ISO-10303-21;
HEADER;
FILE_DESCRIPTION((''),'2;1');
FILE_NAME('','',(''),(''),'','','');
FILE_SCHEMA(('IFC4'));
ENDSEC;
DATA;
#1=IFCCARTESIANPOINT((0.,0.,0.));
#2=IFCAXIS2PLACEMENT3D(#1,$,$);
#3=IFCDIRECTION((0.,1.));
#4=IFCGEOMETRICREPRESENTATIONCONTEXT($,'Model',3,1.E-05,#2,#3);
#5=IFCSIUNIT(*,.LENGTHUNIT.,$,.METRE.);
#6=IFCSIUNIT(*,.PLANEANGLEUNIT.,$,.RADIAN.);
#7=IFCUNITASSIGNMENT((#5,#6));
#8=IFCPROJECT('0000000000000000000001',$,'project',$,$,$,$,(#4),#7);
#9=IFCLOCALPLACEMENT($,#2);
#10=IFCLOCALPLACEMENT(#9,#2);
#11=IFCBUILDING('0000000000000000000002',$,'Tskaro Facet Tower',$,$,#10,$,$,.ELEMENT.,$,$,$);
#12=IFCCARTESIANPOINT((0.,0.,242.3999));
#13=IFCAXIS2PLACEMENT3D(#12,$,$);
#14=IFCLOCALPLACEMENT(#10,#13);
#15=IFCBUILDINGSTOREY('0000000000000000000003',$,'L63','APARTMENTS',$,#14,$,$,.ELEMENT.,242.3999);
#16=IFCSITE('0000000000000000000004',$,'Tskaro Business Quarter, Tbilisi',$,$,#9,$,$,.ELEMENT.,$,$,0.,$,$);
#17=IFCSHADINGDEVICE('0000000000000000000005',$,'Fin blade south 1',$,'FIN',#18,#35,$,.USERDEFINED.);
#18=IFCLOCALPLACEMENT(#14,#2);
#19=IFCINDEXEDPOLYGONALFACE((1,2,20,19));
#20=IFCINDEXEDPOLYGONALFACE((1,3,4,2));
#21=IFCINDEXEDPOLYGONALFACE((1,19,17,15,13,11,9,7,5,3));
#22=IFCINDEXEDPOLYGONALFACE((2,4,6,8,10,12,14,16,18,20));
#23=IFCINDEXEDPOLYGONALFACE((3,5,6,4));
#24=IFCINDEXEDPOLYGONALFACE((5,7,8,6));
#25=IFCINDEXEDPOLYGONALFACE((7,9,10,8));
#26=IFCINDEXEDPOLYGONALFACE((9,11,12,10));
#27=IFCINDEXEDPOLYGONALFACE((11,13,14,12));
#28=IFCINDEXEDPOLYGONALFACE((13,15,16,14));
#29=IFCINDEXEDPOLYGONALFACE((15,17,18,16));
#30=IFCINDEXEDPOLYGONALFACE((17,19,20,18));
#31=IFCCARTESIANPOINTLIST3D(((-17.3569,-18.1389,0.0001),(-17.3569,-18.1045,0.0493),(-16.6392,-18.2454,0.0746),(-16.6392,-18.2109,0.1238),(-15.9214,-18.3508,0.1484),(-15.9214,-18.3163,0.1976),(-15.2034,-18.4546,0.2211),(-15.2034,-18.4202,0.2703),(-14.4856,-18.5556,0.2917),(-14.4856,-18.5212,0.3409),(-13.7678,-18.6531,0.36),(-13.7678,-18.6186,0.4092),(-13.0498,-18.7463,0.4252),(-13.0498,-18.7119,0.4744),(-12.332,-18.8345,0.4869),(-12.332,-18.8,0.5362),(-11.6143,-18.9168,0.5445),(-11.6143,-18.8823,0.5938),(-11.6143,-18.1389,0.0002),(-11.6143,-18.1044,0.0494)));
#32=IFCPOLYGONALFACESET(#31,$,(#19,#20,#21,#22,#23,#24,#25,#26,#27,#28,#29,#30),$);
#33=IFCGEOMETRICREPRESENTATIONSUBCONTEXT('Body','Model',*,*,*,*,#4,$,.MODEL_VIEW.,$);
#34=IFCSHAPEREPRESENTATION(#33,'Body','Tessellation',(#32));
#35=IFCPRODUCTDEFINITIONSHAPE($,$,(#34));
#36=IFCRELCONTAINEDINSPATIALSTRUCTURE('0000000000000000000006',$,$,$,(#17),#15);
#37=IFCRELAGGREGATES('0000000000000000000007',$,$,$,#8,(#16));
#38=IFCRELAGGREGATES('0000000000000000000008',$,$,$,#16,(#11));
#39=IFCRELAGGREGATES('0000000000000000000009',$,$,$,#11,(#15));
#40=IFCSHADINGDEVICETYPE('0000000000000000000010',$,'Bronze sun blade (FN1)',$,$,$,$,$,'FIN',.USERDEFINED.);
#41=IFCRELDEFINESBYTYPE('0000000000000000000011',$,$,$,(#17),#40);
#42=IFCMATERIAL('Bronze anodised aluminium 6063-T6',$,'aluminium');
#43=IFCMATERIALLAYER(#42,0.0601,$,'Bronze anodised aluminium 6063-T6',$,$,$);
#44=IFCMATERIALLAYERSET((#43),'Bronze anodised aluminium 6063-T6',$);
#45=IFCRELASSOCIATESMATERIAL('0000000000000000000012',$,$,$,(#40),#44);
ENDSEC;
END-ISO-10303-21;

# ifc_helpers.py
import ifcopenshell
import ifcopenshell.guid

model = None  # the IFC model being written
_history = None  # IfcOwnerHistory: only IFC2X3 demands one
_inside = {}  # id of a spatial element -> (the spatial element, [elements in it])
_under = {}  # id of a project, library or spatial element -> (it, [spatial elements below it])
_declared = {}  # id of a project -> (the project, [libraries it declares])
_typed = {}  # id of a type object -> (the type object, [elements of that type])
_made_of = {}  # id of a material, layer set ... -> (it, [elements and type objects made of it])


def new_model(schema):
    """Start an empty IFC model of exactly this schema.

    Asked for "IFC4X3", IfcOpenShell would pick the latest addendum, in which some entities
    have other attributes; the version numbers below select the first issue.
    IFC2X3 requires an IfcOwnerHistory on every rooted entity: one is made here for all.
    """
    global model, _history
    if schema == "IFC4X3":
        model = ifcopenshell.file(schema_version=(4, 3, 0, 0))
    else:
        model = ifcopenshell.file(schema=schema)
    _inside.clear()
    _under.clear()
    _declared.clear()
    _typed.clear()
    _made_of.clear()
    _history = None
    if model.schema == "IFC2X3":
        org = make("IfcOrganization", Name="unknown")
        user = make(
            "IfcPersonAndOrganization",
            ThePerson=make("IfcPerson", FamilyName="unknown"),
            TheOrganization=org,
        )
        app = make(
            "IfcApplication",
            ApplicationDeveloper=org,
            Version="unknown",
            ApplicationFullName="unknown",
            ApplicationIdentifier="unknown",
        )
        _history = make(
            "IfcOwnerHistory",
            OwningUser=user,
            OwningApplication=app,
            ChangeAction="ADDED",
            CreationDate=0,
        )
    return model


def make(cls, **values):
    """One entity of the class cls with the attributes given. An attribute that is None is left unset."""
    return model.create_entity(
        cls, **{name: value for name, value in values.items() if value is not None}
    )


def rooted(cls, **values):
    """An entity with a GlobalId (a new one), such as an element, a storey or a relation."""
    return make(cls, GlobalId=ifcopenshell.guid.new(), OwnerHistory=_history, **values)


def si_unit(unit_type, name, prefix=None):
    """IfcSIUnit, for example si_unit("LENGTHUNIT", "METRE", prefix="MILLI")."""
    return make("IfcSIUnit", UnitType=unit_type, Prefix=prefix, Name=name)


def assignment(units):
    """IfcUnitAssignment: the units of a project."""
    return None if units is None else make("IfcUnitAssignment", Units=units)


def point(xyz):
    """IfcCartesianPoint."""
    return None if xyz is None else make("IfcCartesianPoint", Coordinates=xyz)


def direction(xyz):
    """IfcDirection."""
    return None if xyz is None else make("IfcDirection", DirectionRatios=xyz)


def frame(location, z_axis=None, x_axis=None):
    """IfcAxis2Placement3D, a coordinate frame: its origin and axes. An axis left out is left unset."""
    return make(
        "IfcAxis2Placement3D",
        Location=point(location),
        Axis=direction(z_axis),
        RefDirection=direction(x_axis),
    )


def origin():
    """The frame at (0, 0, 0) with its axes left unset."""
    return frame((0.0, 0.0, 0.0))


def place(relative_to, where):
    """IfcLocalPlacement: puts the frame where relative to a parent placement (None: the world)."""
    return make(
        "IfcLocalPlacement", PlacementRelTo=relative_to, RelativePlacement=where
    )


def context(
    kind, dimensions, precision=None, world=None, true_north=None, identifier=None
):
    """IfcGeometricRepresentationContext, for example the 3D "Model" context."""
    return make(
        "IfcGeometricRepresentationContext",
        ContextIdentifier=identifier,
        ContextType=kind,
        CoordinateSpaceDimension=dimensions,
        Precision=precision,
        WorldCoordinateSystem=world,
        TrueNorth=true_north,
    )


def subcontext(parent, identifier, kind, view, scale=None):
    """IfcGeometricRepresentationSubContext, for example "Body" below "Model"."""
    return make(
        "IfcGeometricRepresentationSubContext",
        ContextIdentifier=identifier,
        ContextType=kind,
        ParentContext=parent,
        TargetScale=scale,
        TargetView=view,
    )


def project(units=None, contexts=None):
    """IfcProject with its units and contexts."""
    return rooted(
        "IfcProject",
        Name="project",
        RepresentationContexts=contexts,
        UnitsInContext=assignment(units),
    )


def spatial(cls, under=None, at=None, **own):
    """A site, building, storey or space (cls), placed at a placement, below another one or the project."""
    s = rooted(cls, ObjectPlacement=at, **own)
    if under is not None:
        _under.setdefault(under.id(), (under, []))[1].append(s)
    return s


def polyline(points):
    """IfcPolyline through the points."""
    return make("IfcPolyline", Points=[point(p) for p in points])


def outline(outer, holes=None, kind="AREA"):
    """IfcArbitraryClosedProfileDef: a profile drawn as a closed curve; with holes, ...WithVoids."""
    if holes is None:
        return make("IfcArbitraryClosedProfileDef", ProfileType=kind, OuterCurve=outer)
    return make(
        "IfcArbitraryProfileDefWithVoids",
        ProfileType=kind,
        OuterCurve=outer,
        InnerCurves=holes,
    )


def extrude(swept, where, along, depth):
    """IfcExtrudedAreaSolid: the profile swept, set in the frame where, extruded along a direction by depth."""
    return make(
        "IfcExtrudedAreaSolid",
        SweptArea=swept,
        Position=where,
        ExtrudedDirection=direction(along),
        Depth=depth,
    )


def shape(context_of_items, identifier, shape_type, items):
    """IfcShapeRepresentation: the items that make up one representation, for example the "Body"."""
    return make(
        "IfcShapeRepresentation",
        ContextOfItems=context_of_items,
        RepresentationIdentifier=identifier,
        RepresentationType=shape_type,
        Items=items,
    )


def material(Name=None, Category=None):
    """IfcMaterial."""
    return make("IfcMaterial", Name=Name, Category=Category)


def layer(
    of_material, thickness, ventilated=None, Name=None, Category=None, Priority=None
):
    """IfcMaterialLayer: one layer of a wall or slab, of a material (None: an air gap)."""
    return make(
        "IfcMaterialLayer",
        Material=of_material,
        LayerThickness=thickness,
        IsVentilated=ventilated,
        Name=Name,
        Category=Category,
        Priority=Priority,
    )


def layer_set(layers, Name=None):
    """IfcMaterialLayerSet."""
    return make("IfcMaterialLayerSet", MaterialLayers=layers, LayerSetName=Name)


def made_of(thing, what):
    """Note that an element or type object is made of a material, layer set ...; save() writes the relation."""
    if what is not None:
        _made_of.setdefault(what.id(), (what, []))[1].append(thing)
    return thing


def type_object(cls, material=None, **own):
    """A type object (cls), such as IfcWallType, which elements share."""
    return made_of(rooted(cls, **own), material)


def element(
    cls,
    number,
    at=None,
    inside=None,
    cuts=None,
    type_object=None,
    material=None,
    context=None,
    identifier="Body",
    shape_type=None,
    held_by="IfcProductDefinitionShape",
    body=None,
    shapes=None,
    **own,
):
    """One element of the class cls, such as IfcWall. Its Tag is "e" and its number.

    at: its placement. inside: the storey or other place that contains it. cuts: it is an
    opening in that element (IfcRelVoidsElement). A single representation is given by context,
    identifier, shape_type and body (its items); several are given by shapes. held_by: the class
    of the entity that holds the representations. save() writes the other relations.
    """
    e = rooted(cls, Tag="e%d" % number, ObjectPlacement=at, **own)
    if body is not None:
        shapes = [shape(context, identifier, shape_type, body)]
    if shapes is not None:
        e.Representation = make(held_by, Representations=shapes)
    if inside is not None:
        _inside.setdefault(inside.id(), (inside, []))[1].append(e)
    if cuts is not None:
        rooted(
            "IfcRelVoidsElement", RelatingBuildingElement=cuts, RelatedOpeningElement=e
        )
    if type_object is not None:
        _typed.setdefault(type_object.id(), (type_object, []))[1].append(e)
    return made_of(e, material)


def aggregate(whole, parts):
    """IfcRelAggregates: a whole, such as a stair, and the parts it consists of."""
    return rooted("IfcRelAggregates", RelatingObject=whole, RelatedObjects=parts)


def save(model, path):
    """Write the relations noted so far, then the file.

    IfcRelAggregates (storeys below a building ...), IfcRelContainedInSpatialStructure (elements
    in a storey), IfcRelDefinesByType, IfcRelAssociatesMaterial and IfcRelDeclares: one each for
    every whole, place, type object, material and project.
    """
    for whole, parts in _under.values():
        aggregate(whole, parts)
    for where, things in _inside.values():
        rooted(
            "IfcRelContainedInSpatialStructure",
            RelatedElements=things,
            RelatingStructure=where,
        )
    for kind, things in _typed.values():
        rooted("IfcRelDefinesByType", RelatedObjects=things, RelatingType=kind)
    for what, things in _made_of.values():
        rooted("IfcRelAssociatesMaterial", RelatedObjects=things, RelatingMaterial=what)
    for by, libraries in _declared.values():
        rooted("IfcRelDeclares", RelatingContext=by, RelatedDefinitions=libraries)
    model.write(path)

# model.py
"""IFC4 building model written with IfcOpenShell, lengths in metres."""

from ifc_helpers import new_model, si_unit, direction, frame, origin, place, context, subcontext, project, spatial, polyline, outline, extrude, material, layer, layer_set, type_object, element, save


model = new_model("IFC4")

# Units and contexts
model_context = context("Model", 3, precision=1e-05, world=origin(), true_north=direction((0.0, 1.0)))
body_context = subcontext(model_context, "Body", "Model", "MODEL_VIEW")
ifc_project = project(units=[si_unit("LENGTHUNIT", "METRE"), si_unit("PLANEANGLEUNIT", "RADIAN")], contexts=[model_context])

# Site, building, storey
site_placement = place(None, origin())
site = spatial("IfcSite", under=ifc_project, at=site_placement, Name="Tskaro Business Quarter, Tbilisi", CompositionType="ELEMENT", RefElevation=0.0)
building_placement = place(site_placement, origin())
building = spatial("IfcBuilding", under=site, at=building_placement, Name="Tskaro Facet Tower", CompositionType="ELEMENT")
storey_placement = place(building_placement, frame((0.0, 0.0, 242.3999)))
storey = spatial("IfcBuildingStorey", under=building, at=storey_placement, Name="L63", Description="APARTMENTS", CompositionType="ELEMENT", Elevation=242.3999)

# Shared definitions
ifc_material_1 = material(Name="Bronze anodised aluminium 6063-T6", Category="aluminium")

# Shading device
ifc_layer_1 = layer(ifc_material_1, 0.0601, Name="Bronze anodised aluminium 6063-T6")
ifc_layer_set_1 = layer_set([ifc_layer_1], Name="Bronze anodised aluminium 6063-T6")
shading_device_type = type_object("IfcShadingDeviceType", Name="Bronze sun blade (FN1)", ElementType="FIN", PredefinedType="USERDEFINED", material=ifc_layer_set_1)
shading_device_placement = place(storey_placement, frame((-17.3569, -18.1045, 0.0493), z_axis=(-0.000018, 0.573339, 0.819318), x_axis=(1.0, 0.00001, 0.000015)))
element("IfcShadingDevice", 1, at=shading_device_placement, inside=storey, type_object=shading_device_type, Name="Fin blade south 1", ObjectType="FIN", PredefinedType="USERDEFINED", context=body_context, shape_type="SweptSolid", body=[
    extrude(outline(polyline([(0.0, 0.0), (5.7427, 0.0), (5.7427, -0.9494), (5.0249, -0.849), (4.3071, -0.7414), (3.5891, -0.6276), (2.8713, -0.5086), (2.1536, -0.3853), (1.4355, -0.2586), (0.7178, -0.1299), (0.0, 0.0)])), origin(), (0.0, 0.0, -1.0), 0.0601),
])

save(model, "model.ifc")
